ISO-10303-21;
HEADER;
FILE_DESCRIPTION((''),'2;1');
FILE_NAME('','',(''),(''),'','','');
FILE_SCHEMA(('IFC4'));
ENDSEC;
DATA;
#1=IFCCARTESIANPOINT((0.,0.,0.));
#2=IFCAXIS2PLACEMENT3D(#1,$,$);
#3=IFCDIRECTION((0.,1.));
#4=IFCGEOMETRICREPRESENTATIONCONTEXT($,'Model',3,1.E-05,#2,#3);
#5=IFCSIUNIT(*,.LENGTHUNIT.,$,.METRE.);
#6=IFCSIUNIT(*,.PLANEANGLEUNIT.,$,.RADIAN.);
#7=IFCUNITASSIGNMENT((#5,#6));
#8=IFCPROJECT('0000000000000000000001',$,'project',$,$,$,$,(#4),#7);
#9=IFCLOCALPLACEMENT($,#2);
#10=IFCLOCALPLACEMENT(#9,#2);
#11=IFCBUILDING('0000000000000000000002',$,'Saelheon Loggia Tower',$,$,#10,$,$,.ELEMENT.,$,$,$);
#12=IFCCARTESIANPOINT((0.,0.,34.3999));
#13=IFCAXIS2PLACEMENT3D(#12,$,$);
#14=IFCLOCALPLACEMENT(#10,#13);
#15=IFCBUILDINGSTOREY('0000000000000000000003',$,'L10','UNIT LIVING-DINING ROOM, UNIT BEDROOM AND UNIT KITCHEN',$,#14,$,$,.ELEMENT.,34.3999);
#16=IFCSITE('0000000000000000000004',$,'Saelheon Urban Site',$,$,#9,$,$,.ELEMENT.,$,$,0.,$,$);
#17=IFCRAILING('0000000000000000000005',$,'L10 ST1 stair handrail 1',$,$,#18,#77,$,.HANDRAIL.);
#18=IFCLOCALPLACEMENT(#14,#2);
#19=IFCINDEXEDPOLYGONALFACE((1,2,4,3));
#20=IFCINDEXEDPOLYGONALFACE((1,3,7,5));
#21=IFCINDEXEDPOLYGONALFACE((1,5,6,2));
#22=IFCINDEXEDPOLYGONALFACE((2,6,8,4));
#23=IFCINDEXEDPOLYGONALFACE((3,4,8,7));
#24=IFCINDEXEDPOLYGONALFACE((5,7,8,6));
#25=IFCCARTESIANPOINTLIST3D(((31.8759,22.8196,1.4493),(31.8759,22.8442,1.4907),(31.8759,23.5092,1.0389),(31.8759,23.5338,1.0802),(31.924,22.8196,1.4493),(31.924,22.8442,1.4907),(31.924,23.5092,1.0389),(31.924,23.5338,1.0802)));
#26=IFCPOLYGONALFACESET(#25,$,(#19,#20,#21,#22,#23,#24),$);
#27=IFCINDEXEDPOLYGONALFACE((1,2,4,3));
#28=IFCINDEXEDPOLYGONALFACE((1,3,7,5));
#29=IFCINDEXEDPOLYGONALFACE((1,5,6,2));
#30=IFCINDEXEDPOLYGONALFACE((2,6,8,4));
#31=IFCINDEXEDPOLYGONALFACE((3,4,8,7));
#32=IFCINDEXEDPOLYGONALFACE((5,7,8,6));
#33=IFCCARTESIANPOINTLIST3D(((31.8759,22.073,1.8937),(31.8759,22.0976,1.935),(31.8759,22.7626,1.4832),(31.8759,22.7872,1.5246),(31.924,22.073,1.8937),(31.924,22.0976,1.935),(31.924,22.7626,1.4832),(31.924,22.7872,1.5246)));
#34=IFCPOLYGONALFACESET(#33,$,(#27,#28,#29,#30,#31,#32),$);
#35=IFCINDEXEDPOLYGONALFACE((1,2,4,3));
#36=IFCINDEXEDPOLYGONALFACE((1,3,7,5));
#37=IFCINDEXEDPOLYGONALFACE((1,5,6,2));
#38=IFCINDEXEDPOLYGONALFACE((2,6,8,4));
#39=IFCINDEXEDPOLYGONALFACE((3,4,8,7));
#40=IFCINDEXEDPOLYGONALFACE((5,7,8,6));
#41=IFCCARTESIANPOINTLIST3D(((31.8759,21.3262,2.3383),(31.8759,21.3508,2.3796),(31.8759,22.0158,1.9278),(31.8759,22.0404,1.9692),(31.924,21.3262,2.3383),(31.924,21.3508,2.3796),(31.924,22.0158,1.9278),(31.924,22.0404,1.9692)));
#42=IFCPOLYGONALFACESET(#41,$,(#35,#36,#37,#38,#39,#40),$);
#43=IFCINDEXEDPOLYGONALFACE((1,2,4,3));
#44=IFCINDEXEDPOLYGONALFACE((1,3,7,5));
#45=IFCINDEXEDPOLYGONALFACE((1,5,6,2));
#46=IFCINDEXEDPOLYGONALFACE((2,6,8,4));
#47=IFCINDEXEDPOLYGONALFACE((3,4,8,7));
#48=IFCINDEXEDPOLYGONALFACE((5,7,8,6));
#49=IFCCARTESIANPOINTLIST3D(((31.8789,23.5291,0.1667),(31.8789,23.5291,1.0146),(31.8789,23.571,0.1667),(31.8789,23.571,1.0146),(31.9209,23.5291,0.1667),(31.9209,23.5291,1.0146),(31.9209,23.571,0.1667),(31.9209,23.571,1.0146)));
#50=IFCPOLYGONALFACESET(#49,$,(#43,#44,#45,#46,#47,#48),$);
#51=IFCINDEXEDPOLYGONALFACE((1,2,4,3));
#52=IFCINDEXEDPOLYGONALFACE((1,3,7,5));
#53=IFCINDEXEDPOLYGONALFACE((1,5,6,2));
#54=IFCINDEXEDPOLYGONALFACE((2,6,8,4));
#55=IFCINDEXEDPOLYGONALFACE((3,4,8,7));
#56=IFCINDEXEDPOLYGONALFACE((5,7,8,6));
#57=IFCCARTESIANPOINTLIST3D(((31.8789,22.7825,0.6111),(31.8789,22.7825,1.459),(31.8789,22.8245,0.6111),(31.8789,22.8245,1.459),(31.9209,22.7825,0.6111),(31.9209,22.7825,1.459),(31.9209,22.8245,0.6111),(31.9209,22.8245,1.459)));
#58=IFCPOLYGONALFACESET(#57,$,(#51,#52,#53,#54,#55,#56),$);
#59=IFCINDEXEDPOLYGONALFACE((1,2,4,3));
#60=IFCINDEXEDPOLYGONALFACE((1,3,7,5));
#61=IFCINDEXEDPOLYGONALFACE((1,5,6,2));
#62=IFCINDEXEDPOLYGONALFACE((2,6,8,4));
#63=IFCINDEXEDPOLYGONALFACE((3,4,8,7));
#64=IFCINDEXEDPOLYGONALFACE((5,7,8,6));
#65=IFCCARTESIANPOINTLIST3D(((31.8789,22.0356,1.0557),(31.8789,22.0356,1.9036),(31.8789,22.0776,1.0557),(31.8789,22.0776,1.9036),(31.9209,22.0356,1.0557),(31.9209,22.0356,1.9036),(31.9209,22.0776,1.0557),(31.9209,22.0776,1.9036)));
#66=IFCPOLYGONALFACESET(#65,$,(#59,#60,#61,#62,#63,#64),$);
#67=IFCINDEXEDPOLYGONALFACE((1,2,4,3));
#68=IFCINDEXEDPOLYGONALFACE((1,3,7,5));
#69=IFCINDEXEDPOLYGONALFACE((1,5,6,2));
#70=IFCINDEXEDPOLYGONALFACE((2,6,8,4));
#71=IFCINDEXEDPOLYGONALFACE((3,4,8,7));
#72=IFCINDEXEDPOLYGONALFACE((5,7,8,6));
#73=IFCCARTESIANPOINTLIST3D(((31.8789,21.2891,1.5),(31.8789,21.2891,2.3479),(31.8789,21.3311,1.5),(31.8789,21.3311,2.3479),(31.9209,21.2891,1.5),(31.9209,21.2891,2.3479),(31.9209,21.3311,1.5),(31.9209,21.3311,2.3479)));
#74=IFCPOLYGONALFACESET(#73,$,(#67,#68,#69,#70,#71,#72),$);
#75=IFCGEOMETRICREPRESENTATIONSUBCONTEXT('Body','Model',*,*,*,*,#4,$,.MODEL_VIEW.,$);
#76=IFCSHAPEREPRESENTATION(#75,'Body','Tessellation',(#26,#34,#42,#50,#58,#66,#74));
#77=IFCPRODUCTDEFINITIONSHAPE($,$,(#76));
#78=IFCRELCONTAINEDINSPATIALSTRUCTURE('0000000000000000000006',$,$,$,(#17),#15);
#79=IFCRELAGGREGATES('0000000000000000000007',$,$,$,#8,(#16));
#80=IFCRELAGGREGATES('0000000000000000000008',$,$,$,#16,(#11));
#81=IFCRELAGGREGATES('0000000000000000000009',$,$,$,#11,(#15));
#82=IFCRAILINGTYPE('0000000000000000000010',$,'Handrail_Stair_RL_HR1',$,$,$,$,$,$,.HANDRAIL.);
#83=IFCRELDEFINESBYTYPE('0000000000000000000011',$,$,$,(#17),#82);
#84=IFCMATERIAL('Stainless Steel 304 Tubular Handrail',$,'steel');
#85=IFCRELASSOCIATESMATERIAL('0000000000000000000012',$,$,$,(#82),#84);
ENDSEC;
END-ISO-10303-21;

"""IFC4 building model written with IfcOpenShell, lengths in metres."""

from ifc_helpers import new_model, si_unit, direction, frame, origin, origin_2d, place, context, subcontext, project, spatial, rectangle, extrude, material, type_object, element, save


model = new_model("IFC4")

# Units and contexts
model_context = context("Model", 3, precision=1e-05, world=origin(), true_north=direction((0.0, 1.0)))
body_context = subcontext(model_context, "Body", "Model", "MODEL_VIEW")
ifc_project = project(units=[si_unit("LENGTHUNIT", "METRE"), si_unit("PLANEANGLEUNIT", "RADIAN")], contexts=[model_context])

# Site, building, storey
site_placement = place(None, origin())
site = spatial("IfcSite", under=ifc_project, at=site_placement, Name="Saelheon Urban Site", CompositionType="ELEMENT", RefElevation=0.0)
building_placement = place(site_placement, origin())
building = spatial("IfcBuilding", under=site, at=building_placement, Name="Saelheon Loggia Tower", CompositionType="ELEMENT")
storey_placement = place(building_placement, frame((0.0, 0.0, 34.3999)))
storey = spatial("IfcBuildingStorey", under=building, at=storey_placement, Name="L10", Description="UNIT LIVING-DINING ROOM, UNIT BEDROOM AND UNIT KITCHEN", CompositionType="ELEMENT", Elevation=34.3999)

# Railing
ifc_material_1 = material(Name="Stainless Steel 304 Tubular Handrail", Category="steel")
railing_type_1 = type_object("IfcRailingType", Name="Handrail_Stair_RL_HR1", PredefinedType="HANDRAIL", material=ifc_material_1)
railing_1_placement = place(storey_placement, frame((31.8999, 23.55, 0.1667)))
element("IfcRailing", 1, at=railing_1_placement, inside=storey, type_object=railing_type_1, Name="L10 ST1 stair handrail 1", PredefinedType="HANDRAIL", context=body_context, shape_type="SweptSolid", body=[
    extrude(rectangle(XDim=0.0481, YDim=0.0481, at=origin_2d()), frame((0.0, -0.0286, 0.8928), z_axis=(0.0, -0.859306, 0.511462), x_axis=(1.0, 0.0, 0.0)), (0.0, 0.0, 1.0), 0.8025),
    extrude(rectangle(XDim=0.0481, YDim=0.0481, at=origin_2d()), frame((0.0, -0.7751, 1.3372), z_axis=(0.0, -0.859306, 0.511462), x_axis=(1.0, 0.0, 0.0)), (0.0, 0.0, 1.0), 0.8025),
    extrude(rectangle(XDim=0.0481, YDim=0.0481, at=origin_2d()), frame((0.0, -1.522, 1.7817), z_axis=(0.0, -0.859306, 0.511462), x_axis=(1.0, 0.0, 0.0)), (0.0, 0.0, 1.0), 0.8025),
    extrude(rectangle(XDim=0.042, YDim=0.042, at=origin_2d()), origin(), (0.0, 0.0, 1.0), 0.8479),
    extrude(rectangle(XDim=0.042, YDim=0.042, at=origin_2d()), frame((0.0, -0.7466, 0.4443)), (0.0, 0.0, 1.0), 0.8479),
    extrude(rectangle(XDim=0.042, YDim=0.042, at=origin_2d()), frame((0.0, -1.4934, 0.8889)), (0.0, 0.0, 1.0), 0.8479),
    extrude(rectangle(XDim=0.042, YDim=0.042, at=origin_2d()), frame((0.0, -2.24, 1.3333)), (0.0, 0.0, 1.0), 0.8479),
])

save(model, "model.ifc")
